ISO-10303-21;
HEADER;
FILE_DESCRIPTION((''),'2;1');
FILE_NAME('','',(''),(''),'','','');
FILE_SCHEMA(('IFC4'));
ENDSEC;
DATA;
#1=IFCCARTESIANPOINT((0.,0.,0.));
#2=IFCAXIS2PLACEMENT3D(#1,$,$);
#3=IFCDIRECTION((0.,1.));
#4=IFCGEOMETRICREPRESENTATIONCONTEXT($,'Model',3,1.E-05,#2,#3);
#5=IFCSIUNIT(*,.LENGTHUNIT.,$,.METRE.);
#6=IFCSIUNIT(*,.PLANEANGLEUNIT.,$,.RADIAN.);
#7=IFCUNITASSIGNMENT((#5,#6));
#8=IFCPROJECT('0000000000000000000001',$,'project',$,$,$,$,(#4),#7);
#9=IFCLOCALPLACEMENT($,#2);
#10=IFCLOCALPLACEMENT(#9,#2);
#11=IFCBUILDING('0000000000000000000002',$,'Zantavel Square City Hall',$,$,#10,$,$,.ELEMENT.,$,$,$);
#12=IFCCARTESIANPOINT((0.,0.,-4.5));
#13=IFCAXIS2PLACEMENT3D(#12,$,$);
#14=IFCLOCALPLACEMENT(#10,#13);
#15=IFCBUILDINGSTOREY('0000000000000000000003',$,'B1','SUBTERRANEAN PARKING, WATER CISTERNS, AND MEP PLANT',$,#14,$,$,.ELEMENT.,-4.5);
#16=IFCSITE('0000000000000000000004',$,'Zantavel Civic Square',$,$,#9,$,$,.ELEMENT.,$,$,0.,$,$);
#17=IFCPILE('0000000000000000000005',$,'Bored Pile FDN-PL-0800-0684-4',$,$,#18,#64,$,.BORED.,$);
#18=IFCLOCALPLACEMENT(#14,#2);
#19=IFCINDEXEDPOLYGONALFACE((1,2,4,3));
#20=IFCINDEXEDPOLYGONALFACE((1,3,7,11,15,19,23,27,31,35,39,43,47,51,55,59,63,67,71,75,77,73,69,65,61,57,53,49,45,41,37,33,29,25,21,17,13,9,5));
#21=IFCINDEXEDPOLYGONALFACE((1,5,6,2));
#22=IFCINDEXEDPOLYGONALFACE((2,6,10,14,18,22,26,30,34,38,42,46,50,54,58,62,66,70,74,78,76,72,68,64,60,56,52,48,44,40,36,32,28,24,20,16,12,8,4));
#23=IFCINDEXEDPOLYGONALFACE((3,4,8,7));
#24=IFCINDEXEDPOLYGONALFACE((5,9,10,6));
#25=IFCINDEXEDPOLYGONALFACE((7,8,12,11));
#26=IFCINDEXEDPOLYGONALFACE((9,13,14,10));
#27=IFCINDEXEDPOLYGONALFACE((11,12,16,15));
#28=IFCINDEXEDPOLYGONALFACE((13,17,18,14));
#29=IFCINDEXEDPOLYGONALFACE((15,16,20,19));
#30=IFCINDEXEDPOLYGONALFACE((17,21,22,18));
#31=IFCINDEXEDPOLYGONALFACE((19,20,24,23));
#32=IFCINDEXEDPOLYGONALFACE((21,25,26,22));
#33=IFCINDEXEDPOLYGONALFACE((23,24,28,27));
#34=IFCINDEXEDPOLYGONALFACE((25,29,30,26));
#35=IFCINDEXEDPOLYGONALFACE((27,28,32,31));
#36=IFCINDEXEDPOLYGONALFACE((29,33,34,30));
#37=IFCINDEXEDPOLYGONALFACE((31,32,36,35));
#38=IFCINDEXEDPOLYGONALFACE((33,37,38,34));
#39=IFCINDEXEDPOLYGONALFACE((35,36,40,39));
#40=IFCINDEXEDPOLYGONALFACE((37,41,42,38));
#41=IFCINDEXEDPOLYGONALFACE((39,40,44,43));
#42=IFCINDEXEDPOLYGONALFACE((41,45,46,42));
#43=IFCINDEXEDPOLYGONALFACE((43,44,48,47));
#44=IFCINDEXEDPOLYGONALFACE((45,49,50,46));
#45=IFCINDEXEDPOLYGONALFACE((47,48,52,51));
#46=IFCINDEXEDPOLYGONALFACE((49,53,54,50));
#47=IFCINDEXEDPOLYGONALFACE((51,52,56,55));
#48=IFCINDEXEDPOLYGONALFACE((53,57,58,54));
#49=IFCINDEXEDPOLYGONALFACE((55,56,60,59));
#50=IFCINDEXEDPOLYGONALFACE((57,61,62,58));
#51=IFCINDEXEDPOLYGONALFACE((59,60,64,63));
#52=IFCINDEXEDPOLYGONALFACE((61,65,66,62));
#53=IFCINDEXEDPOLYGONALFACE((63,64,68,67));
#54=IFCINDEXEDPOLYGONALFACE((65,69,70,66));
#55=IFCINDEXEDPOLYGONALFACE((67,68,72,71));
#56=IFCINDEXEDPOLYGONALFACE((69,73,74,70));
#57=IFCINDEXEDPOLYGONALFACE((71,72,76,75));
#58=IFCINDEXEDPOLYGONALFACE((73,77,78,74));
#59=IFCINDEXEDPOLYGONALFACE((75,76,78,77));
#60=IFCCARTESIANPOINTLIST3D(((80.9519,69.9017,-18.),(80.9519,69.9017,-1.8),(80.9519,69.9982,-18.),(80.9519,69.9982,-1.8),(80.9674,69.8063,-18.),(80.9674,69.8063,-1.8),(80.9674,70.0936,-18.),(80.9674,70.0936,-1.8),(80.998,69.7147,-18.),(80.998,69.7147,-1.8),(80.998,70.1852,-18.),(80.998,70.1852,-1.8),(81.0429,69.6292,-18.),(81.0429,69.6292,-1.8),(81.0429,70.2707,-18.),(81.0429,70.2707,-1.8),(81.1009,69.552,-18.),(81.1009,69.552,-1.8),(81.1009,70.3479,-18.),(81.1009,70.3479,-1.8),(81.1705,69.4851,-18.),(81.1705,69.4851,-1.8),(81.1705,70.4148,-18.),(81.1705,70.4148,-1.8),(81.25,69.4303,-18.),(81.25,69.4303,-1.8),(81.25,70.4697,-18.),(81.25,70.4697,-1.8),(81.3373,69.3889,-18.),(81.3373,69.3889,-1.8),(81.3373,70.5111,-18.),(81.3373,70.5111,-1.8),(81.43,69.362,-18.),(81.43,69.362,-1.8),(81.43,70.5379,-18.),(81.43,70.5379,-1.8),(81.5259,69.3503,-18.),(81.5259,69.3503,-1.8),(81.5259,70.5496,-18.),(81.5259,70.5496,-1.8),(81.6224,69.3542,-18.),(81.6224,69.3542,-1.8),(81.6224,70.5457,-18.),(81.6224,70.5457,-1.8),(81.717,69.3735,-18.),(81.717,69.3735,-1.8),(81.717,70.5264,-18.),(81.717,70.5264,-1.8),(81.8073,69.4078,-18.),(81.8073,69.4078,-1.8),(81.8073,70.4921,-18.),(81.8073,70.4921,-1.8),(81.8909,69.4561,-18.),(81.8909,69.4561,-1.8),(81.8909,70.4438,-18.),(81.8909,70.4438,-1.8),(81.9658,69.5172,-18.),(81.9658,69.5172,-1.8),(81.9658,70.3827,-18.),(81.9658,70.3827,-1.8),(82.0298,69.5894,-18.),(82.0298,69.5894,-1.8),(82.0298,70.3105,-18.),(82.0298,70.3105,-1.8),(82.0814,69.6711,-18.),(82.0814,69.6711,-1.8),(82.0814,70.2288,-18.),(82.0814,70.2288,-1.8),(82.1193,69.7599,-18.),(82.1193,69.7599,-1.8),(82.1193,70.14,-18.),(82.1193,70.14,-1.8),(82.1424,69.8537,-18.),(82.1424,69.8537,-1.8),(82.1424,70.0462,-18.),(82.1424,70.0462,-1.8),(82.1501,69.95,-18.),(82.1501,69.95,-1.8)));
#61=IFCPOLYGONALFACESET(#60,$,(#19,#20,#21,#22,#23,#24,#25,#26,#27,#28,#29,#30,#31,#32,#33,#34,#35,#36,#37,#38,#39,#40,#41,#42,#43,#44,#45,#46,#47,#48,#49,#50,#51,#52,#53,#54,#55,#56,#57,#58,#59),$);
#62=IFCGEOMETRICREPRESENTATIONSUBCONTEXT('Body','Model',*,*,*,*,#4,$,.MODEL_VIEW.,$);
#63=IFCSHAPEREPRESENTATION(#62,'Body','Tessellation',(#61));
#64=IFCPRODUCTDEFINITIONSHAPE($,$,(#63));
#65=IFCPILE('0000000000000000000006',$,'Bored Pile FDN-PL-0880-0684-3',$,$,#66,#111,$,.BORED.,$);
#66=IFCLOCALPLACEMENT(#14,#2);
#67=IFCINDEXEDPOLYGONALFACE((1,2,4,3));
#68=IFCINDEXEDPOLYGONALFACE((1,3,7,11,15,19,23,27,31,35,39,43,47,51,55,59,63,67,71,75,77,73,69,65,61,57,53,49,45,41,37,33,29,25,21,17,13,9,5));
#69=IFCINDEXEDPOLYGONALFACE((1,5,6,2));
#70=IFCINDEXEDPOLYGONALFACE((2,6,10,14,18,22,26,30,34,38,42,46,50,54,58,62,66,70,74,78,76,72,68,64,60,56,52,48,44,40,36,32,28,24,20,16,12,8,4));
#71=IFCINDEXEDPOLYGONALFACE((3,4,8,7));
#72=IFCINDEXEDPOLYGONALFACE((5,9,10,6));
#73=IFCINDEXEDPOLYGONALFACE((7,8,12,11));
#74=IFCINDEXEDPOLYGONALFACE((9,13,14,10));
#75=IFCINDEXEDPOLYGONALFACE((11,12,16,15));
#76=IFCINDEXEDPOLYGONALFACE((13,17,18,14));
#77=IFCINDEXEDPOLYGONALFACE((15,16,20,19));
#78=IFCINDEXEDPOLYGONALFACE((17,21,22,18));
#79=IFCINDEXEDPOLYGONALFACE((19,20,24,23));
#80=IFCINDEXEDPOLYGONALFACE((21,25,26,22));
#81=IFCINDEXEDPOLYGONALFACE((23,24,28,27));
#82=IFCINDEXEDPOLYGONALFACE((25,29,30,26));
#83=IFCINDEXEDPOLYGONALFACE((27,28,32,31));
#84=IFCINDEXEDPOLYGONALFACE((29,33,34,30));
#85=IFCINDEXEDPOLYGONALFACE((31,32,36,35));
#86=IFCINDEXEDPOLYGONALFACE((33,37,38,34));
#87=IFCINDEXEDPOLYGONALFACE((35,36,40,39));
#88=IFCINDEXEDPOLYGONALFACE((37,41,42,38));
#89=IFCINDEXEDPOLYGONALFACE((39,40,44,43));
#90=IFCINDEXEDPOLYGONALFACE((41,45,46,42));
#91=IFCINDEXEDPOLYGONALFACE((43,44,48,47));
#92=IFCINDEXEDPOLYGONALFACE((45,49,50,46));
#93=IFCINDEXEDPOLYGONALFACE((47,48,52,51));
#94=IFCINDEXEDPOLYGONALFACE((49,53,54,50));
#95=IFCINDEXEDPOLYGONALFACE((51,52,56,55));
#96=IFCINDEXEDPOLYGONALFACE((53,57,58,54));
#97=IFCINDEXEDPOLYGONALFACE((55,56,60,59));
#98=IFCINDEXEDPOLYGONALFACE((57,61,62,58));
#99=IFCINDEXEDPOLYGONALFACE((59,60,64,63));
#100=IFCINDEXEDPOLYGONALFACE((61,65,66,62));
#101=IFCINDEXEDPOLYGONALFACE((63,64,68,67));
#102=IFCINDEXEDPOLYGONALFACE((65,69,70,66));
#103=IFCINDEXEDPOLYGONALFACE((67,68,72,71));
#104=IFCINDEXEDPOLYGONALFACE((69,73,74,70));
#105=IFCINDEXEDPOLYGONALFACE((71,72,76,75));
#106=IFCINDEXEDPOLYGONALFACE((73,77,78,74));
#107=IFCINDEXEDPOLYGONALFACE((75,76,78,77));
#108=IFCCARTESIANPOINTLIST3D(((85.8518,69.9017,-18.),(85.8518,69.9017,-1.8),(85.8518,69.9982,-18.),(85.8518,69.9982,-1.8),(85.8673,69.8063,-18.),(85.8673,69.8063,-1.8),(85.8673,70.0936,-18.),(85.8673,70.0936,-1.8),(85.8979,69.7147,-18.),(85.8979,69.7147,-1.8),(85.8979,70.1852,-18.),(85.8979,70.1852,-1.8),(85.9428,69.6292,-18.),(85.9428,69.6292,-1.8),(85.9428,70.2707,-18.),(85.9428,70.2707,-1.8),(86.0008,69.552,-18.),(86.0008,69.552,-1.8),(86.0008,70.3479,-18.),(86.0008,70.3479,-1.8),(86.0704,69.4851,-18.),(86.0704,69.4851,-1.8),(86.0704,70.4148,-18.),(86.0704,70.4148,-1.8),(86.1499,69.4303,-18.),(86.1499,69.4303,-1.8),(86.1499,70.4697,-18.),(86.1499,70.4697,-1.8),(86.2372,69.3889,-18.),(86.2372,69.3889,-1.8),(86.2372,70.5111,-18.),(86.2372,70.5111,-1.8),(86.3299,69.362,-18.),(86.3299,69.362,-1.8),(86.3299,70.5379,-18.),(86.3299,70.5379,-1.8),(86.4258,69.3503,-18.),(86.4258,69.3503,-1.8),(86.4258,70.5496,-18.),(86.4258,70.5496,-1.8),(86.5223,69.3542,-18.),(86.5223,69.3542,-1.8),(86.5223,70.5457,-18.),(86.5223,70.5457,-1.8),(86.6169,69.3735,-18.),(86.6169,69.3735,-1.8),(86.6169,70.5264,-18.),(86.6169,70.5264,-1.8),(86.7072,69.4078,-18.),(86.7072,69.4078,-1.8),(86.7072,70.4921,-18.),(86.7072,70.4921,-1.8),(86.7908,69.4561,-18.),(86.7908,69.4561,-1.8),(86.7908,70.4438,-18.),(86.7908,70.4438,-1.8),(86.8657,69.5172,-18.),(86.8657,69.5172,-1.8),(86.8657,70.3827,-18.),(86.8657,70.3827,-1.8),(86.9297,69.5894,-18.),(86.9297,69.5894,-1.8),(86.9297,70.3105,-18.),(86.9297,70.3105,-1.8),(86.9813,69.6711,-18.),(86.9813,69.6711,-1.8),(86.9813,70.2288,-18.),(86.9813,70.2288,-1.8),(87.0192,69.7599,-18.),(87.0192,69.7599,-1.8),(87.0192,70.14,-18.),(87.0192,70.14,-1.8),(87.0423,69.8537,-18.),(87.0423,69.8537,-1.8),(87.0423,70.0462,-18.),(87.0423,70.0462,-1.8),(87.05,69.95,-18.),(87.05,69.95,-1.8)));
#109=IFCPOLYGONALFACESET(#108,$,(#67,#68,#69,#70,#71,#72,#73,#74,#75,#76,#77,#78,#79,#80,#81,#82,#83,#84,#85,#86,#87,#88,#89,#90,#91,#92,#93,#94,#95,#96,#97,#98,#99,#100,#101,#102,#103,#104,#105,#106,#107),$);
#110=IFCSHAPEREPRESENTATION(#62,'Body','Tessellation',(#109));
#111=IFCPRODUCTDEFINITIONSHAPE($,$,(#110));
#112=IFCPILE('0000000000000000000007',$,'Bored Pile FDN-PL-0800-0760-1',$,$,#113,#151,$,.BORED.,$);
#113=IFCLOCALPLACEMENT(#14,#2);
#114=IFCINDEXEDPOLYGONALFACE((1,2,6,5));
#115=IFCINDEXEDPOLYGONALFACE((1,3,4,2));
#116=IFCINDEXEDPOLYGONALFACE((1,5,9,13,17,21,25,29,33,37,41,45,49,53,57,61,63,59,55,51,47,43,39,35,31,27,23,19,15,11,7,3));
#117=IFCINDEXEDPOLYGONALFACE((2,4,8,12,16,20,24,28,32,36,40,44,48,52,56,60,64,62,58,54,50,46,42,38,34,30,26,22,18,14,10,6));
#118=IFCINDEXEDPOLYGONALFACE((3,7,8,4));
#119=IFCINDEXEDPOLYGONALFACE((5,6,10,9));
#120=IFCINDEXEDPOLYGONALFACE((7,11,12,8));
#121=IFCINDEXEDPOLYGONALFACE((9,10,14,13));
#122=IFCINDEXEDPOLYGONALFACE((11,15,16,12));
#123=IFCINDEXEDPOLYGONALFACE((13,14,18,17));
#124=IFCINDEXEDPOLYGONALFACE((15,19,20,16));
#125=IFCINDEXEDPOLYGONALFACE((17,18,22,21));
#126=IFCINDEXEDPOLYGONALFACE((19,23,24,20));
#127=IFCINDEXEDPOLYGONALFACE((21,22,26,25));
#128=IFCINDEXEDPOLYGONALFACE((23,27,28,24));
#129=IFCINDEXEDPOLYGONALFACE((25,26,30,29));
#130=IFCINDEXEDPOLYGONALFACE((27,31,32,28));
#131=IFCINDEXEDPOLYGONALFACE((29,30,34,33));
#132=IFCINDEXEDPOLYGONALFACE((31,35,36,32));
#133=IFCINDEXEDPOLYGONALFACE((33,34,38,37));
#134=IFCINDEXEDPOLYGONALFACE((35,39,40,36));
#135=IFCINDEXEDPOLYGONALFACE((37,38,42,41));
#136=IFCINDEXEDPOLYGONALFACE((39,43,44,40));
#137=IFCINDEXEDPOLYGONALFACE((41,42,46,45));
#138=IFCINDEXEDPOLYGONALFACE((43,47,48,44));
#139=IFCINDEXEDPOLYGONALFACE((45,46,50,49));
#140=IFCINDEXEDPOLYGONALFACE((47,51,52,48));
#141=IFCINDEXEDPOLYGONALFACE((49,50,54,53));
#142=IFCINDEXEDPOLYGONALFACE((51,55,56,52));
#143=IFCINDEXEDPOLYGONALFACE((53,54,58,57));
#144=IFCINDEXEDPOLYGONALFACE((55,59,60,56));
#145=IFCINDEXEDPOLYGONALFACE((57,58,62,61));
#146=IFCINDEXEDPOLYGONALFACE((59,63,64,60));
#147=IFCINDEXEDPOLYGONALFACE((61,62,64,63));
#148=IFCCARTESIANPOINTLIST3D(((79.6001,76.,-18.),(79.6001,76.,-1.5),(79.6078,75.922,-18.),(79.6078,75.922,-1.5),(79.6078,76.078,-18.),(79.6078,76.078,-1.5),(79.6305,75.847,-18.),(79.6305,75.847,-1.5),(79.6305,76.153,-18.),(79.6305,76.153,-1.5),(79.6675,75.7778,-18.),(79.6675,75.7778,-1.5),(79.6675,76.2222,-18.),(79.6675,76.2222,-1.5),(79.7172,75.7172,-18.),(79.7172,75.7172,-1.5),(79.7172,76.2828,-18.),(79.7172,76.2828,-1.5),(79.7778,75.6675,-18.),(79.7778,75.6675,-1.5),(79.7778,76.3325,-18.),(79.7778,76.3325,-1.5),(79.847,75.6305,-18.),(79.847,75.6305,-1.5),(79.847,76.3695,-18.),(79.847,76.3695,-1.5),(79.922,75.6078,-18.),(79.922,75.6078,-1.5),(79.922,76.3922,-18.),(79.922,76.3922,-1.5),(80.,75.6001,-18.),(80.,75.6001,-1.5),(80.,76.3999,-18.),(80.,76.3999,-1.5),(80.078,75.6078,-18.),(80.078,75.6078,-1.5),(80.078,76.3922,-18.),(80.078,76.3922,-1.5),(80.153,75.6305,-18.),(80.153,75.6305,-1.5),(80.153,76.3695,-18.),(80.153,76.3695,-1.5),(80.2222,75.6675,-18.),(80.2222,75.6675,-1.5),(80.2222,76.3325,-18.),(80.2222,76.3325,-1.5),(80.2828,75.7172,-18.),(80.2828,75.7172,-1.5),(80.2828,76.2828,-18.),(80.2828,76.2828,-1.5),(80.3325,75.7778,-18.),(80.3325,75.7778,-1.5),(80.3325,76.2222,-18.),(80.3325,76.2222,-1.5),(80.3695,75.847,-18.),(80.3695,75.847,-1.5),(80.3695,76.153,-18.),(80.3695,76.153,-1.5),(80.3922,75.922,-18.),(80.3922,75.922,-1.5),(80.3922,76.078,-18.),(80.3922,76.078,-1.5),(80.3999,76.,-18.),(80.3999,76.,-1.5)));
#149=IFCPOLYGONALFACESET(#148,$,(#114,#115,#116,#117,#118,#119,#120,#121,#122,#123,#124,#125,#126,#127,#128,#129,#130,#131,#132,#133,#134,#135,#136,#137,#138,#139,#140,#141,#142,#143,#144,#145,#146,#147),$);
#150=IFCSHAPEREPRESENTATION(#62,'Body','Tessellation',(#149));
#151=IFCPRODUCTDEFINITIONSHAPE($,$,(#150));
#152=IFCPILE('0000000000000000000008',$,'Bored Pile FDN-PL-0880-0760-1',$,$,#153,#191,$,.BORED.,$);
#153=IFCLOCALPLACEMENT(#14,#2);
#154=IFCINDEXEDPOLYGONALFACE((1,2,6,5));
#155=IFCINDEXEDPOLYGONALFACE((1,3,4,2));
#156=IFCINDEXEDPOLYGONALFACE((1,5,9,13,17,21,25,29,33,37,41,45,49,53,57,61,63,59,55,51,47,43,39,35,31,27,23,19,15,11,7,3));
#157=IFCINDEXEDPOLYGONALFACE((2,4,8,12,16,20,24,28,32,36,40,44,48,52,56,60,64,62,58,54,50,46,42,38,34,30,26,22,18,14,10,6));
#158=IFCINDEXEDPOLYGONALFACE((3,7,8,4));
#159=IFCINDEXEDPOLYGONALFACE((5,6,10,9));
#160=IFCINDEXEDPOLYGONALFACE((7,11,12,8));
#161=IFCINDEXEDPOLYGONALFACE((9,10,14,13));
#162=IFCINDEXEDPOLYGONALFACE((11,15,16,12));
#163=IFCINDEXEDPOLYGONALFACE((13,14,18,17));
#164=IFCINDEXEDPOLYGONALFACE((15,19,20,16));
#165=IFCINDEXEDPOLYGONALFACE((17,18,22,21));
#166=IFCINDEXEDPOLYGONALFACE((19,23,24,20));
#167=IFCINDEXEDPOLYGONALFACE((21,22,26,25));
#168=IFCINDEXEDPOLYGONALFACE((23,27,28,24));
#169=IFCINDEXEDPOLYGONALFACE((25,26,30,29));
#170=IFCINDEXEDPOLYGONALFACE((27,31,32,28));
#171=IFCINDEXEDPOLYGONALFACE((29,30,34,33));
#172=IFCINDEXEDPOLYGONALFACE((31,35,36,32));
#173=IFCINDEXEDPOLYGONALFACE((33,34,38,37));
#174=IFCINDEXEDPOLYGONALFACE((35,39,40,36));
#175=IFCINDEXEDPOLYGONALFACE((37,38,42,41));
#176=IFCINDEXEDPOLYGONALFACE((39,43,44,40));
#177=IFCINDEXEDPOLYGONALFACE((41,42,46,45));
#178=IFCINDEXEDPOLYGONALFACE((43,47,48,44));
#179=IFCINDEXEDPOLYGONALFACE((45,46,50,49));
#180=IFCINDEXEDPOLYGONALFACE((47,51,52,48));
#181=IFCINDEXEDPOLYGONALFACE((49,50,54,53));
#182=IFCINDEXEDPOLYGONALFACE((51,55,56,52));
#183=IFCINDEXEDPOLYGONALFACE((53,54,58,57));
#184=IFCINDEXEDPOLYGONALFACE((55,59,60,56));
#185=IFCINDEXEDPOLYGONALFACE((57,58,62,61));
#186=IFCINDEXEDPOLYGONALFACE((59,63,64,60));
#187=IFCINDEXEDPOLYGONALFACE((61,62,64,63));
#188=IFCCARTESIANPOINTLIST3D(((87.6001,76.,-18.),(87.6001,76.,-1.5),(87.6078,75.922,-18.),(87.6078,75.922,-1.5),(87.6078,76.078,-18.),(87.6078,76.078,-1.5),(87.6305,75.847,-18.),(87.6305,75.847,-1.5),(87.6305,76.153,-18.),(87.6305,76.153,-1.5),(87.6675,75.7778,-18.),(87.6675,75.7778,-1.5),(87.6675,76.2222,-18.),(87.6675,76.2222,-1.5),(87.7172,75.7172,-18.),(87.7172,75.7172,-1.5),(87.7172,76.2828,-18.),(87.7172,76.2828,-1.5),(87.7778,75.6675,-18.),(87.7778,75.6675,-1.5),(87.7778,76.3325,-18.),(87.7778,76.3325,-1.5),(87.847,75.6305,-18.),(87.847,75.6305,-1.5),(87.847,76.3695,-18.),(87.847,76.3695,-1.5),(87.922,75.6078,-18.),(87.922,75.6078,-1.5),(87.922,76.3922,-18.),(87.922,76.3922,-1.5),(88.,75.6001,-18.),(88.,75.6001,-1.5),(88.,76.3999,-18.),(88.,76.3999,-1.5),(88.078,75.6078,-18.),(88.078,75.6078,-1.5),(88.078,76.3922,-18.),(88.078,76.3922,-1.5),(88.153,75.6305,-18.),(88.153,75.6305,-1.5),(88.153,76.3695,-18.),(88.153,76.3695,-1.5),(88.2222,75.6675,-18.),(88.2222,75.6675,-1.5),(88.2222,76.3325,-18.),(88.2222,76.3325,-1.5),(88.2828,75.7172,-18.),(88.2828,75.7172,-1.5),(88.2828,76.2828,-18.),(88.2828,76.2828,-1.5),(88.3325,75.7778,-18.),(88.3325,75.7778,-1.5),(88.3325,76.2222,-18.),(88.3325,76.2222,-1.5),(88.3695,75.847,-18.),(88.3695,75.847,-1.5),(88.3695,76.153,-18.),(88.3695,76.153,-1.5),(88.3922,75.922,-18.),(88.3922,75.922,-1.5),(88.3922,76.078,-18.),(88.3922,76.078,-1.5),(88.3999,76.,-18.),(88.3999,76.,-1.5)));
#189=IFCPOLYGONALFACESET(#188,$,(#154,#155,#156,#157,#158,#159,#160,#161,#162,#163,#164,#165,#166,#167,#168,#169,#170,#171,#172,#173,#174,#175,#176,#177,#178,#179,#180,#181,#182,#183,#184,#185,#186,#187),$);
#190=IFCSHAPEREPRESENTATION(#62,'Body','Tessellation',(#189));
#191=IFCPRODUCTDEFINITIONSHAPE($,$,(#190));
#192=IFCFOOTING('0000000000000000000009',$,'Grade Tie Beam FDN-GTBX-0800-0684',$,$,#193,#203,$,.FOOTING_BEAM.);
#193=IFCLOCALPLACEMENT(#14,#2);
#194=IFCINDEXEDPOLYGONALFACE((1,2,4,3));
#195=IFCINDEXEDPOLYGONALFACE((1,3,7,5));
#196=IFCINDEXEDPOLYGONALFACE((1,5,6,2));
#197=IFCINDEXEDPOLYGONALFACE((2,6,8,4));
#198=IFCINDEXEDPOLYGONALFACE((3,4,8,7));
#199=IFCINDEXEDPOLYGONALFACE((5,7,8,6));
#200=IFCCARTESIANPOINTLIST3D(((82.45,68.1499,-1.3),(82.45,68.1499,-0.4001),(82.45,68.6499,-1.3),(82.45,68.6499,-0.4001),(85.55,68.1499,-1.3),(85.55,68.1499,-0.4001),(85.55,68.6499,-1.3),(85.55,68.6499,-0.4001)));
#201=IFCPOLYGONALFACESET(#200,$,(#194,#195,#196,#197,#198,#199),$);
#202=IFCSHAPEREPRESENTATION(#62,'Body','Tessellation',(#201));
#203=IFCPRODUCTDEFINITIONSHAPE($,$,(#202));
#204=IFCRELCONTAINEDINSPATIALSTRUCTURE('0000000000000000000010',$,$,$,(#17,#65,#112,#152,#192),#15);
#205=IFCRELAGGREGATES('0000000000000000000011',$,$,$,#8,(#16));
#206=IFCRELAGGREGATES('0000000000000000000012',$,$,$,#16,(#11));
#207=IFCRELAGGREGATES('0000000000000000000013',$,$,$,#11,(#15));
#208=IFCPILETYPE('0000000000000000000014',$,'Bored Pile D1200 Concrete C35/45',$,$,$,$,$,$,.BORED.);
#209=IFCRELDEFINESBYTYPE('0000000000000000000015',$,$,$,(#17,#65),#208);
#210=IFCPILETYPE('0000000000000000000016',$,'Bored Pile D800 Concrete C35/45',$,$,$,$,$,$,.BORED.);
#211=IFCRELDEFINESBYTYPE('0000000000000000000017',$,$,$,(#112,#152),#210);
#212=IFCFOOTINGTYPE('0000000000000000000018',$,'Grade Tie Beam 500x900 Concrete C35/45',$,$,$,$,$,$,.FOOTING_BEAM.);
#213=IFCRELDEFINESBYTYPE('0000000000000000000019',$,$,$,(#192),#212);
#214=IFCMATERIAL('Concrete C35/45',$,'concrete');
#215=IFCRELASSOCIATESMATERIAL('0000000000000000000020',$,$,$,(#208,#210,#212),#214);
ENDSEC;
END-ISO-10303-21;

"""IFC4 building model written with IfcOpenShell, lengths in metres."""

from ifc_helpers import new_model, si_unit, direction, frame, origin, origin_2d, place, context, subcontext, project, spatial, rectangle, circle, extrude, material, material_profile, profile_set, type_object, element, save


model = new_model("IFC4")

# Units and contexts
model_context = context("Model", 3, precision=1e-05, world=origin(), true_north=direction((0.0, 1.0)))
body_context = subcontext(model_context, "Body", "Model", "MODEL_VIEW")
ifc_project = project(units=[si_unit("LENGTHUNIT", "METRE"), si_unit("PLANEANGLEUNIT", "RADIAN")], contexts=[model_context])

# Site, building, storey
site_placement = place(None, origin())
site = spatial("IfcSite", under=ifc_project, at=site_placement, Name="Zantavel Civic Square", CompositionType="ELEMENT", RefElevation=0.0)
building_placement = place(site_placement, origin())
building = spatial("IfcBuilding", under=site, at=building_placement, Name="Zantavel Square City Hall", CompositionType="ELEMENT")
storey_placement = place(building_placement, frame((0.0, 0.0, -4.5)))
storey = spatial("IfcBuildingStorey", under=building, at=storey_placement, Name="B1", Description="SUBTERRANEAN PARKING, WATER CISTERNS, AND MEP PLANT", CompositionType="ELEMENT", Elevation=-4.5)

# Piles
ifc_material_1 = material(Name="Concrete C35/45", Category="concrete")
ifc_material_profile_1 = material_profile(ifc_material_1, circle(Radius=0.6001, at=origin_2d()), Name="PILE D1200")
ifc_profile_set_1 = profile_set([ifc_material_profile_1], Name="Concrete C35/45")
pile_type_1 = type_object("IfcPileType", Name="Bored Pile D1200 Concrete C35/45", PredefinedType="BORED", material=ifc_profile_set_1)
for number, where, z_axis, x_axis, name in (
    (1, (81.55, 69.95, -1.8), (0.0, 0.0, -1.0), (1.0, 0.0, 0.0), "Bored Pile FDN-PL-0800-0684-4"),
    (2, (86.45, 69.95, -1.8), (0.0, 0.0, -1.0), (1.0, 0.0, 0.0), "Bored Pile FDN-PL-0880-0684-3"),
):
    element("IfcPile", number, at=place(storey_placement, frame(where, z_axis=z_axis, x_axis=x_axis)), inside=storey, type_object=pile_type_1, Name=name, PredefinedType="BORED", context=body_context, shape_type="SweptSolid", body=[
        extrude(circle(Radius=0.6001, at=origin_2d()), origin(), (0.0, 0.0, 1.0), 16.2),
    ])
ifc_material_profile_2 = material_profile(ifc_material_1, circle(Radius=0.3999, at=origin_2d()), Name="PILE D800")
ifc_profile_set_2 = profile_set([ifc_material_profile_2], Name="Concrete C35/45")
pile_type_2 = type_object("IfcPileType", Name="Bored Pile D800 Concrete C35/45", PredefinedType="BORED", material=ifc_profile_set_2)
for number, where, z_axis, x_axis, name in (
    (3, (80.0, 76.0, -1.5), (0.0, 0.0, -1.0), (1.0, 0.0, 0.0), "Bored Pile FDN-PL-0800-0760-1"),
    (4, (88.0, 76.0, -1.5), (0.0, 0.0, -1.0), (1.0, 0.0, 0.0), "Bored Pile FDN-PL-0880-0760-1"),
):
    element("IfcPile", number, at=place(storey_placement, frame(where, z_axis=z_axis, x_axis=x_axis)), inside=storey, type_object=pile_type_2, Name=name, PredefinedType="BORED", context=body_context, shape_type="SweptSolid", body=[
        extrude(circle(Radius=0.3999, at=origin_2d()), origin(), (0.0, 0.0, 1.0), 16.5),
    ])

# Footing
ifc_material_profile_3 = material_profile(ifc_material_1, rectangle(XDim=0.5, YDim=0.8999, at=origin_2d()), Name="RC 500x900")
ifc_profile_set_3 = profile_set([ifc_material_profile_3], Name="Concrete C35/45")
footing_type_1 = type_object("IfcFootingType", Name="Grade Tie Beam 500x900 Concrete C35/45", PredefinedType="FOOTING_BEAM", material=ifc_profile_set_3)
footing_1_placement = place(storey_placement, frame((82.45, 68.3999, -0.8501), z_axis=(1.0, 0.0, 0.0), x_axis=(0.0, 1.0, 0.0)))
element("IfcFooting", 5, at=footing_1_placement, inside=storey, type_object=footing_type_1, Name="Grade Tie Beam FDN-GTBX-0800-0684", PredefinedType="FOOTING_BEAM", context=body_context, shape_type="SweptSolid", body=[
    extrude(rectangle(XDim=0.5, YDim=0.8999, at=origin_2d()), origin(), (0.0, 0.0, 1.0), 3.1001),
])

save(model, "model.ifc")
